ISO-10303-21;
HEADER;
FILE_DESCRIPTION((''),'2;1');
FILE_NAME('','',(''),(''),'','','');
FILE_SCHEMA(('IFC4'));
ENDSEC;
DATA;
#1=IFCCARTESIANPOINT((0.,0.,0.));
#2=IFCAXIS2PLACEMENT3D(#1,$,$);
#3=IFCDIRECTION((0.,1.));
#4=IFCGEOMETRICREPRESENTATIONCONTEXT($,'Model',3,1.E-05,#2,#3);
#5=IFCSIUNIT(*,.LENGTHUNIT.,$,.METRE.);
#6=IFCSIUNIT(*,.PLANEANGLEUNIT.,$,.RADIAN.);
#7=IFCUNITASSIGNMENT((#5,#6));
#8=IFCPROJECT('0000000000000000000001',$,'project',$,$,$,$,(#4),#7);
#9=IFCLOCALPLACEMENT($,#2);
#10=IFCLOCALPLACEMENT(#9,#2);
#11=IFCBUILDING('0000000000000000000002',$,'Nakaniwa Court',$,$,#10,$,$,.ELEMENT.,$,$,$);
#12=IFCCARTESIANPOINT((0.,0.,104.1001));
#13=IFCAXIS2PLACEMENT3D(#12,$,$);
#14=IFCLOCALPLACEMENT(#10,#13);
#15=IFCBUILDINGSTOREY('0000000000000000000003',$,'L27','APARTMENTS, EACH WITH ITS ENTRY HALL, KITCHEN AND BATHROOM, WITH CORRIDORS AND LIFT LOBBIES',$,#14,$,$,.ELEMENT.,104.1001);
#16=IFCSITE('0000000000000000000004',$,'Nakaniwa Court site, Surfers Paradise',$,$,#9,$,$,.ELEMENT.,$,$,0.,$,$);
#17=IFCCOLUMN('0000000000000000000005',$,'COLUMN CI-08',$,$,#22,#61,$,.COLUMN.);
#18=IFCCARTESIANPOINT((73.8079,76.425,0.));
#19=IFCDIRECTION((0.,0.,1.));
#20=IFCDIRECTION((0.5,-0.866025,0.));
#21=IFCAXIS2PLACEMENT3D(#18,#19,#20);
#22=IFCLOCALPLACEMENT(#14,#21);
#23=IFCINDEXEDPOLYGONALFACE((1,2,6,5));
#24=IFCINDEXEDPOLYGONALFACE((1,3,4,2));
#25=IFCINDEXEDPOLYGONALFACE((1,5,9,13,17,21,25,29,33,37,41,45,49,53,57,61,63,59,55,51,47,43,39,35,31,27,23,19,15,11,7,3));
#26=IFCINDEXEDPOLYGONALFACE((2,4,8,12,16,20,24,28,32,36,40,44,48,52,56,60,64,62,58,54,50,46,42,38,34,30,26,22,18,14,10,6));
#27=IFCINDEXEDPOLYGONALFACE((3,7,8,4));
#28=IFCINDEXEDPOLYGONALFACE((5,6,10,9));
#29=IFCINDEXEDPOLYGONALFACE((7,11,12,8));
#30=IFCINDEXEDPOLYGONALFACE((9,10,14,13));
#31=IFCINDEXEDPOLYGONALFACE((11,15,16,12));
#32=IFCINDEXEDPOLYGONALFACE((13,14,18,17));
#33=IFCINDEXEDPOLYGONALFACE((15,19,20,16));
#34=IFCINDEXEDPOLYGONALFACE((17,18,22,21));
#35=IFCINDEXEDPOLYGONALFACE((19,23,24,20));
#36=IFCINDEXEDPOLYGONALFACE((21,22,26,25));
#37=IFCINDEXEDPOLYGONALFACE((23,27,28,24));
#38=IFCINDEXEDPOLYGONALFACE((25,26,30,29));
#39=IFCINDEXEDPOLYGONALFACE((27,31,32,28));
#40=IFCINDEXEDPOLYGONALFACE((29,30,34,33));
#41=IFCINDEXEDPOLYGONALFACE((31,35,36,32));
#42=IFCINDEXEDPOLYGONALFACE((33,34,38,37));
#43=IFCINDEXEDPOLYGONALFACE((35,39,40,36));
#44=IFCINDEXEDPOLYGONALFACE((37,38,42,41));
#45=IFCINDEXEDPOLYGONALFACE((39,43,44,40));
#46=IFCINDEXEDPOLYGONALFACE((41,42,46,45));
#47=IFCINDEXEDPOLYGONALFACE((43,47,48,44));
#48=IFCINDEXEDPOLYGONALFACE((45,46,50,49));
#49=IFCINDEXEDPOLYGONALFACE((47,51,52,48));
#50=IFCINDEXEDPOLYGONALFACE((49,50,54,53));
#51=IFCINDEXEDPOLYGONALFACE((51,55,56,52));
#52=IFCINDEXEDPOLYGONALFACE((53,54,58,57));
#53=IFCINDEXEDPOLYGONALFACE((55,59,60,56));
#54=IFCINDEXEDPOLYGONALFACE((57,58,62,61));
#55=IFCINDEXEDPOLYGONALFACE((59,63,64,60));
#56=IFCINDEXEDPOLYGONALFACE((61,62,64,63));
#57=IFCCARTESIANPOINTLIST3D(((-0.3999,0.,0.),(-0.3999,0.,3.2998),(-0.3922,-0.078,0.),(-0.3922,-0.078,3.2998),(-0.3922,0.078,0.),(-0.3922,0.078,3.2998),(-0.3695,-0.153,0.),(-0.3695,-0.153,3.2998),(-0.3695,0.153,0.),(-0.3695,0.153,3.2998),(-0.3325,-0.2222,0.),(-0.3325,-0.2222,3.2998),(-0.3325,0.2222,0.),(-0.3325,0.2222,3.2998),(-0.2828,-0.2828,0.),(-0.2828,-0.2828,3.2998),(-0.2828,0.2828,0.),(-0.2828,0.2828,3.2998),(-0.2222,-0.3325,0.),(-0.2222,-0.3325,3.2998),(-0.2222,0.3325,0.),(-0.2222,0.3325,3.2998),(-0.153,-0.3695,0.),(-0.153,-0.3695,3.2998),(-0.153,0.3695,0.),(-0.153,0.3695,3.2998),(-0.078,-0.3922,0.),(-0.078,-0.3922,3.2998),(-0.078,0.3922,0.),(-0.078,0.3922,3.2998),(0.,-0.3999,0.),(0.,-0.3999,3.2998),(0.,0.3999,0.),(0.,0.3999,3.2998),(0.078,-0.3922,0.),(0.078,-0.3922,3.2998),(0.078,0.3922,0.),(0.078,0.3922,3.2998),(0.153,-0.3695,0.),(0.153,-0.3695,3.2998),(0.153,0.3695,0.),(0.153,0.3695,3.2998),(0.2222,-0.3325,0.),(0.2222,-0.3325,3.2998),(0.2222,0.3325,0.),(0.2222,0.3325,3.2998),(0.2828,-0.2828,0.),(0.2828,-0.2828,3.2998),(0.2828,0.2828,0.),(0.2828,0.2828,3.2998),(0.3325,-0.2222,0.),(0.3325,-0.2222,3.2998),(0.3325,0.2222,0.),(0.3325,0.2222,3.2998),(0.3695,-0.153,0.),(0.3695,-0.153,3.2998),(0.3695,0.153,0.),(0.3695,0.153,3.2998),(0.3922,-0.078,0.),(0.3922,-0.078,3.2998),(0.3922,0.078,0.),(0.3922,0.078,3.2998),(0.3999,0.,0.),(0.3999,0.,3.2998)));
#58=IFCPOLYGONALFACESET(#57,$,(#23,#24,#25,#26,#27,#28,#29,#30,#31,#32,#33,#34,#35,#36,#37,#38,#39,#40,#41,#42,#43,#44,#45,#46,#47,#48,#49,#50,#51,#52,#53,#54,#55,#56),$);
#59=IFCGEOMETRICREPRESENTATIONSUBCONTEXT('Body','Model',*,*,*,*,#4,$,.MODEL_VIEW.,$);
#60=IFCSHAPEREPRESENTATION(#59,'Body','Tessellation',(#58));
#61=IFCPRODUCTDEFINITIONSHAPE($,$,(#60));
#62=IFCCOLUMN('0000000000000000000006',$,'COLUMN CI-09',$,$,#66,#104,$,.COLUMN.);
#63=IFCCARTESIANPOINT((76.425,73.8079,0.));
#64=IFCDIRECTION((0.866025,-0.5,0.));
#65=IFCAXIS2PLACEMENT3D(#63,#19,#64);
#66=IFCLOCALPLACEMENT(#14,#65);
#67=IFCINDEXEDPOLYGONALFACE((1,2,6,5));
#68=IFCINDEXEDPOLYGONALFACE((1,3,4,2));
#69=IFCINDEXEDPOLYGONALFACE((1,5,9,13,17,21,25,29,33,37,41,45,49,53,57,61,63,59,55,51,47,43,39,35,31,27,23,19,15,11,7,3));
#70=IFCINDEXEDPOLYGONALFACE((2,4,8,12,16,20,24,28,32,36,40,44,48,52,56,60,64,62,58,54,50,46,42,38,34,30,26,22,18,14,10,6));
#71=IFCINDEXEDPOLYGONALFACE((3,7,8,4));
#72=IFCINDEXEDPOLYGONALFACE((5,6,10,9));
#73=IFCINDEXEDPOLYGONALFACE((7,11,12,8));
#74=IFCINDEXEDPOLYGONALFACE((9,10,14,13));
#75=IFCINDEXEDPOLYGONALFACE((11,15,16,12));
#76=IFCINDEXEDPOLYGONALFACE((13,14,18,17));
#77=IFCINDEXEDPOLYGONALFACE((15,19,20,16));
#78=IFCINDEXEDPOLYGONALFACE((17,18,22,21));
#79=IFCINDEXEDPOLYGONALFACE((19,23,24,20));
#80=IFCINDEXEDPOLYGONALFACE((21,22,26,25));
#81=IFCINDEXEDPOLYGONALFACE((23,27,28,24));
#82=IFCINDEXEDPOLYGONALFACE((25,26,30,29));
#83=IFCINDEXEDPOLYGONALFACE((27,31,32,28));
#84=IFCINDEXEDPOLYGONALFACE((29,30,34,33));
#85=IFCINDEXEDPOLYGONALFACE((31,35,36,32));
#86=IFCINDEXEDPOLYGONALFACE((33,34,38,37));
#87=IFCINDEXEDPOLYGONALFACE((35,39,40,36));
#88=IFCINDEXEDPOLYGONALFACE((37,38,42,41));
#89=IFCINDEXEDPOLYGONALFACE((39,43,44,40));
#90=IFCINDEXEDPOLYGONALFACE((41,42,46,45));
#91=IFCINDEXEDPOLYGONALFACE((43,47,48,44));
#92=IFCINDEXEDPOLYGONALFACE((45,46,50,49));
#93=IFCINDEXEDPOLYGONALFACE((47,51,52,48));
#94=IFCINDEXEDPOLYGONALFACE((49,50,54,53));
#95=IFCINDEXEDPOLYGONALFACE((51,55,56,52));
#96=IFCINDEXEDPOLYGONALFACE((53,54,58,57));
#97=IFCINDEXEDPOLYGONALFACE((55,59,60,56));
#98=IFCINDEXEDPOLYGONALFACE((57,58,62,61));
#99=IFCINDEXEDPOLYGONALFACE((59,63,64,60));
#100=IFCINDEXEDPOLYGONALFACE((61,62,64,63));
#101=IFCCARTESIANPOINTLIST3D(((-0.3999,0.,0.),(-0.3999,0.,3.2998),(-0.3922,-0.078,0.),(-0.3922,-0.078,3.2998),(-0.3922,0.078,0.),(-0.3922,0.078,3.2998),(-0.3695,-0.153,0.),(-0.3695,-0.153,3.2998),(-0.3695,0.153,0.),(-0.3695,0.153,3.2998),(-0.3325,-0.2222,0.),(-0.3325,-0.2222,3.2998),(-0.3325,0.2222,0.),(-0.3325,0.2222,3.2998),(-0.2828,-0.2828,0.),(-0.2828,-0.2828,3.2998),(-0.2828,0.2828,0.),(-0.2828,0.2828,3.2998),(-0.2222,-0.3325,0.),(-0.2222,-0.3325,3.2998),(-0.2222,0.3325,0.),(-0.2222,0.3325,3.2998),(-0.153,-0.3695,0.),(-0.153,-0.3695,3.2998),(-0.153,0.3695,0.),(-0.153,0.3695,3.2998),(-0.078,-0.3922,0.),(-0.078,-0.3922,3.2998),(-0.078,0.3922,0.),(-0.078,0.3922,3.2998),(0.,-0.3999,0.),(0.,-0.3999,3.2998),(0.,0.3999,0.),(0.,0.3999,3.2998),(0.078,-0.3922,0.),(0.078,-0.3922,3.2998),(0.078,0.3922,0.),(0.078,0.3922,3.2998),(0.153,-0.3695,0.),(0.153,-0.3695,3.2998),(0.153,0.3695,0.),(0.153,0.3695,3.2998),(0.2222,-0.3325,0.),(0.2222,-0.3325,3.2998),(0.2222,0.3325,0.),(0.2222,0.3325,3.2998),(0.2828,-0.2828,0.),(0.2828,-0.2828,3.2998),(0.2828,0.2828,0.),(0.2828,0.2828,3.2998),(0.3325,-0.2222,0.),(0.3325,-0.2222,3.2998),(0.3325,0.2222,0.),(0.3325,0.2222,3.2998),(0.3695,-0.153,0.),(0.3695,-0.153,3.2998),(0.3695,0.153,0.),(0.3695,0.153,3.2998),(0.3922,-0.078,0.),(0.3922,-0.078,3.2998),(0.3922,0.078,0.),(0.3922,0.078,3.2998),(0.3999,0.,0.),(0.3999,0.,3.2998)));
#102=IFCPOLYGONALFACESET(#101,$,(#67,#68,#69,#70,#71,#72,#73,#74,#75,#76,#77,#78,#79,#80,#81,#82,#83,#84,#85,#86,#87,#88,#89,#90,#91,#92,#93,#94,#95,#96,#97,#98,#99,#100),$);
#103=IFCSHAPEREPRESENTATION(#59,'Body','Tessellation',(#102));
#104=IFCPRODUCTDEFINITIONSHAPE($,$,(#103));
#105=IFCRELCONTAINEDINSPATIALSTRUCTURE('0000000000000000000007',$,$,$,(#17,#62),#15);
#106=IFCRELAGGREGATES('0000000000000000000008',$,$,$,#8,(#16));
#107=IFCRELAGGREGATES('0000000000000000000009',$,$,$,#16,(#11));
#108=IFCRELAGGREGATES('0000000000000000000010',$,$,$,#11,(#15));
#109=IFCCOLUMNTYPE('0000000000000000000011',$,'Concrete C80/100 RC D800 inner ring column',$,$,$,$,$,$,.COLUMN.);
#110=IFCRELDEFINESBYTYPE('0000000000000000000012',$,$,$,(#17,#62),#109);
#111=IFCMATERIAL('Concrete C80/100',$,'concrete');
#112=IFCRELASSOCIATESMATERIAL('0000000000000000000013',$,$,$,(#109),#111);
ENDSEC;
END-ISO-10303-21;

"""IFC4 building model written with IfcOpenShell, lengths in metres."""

from ifc_helpers import new_model, si_unit, direction, frame, origin, origin_2d, place, context, subcontext, project, spatial, circle, extrude, material, material_profile, profile_set, type_object, element, save


model = new_model("IFC4")

# Units and contexts
model_context = context("Model", 3, precision=1e-05, world=origin(), true_north=direction((0.0, 1.0)))
body_context = subcontext(model_context, "Body", "Model", "MODEL_VIEW")
ifc_project = project(units=[si_unit("LENGTHUNIT", "METRE"), si_unit("PLANEANGLEUNIT", "RADIAN")], contexts=[model_context])

# Site, building, storey
site_placement = place(None, origin())
site = spatial("IfcSite", under=ifc_project, at=site_placement, Name="Nakaniwa Court site, Surfers Paradise", CompositionType="ELEMENT", RefElevation=0.0)
building_placement = place(site_placement, origin())
building = spatial("IfcBuilding", under=site, at=building_placement, Name="Nakaniwa Court", CompositionType="ELEMENT")
storey_placement = place(building_placement, frame((0.0, 0.0, 104.1001)))
storey = spatial("IfcBuildingStorey", under=building, at=storey_placement, Name="L27", Description="APARTMENTS, EACH WITH ITS ENTRY HALL, KITCHEN AND BATHROOM, WITH CORRIDORS AND LIFT LOBBIES", CompositionType="ELEMENT", Elevation=104.1001)

# Columns
ifc_material_1 = material(Name="Concrete C80/100", Category="concrete")
ifc_material_profile_1 = material_profile(ifc_material_1, circle(Radius=0.3999, at=origin_2d()), Name="Concrete C80/100 RC D800 inner ring column")
ifc_profile_set_1 = profile_set([ifc_material_profile_1], Name="Concrete C80/100")
column_type_1 = type_object("IfcColumnType", Name="Concrete C80/100 RC D800 inner ring column", PredefinedType="COLUMN", material=ifc_profile_set_1)
for number, where, z_axis, x_axis, name in (
    (1, (73.8079, 76.425, 0.0), (0.0, 0.0, 1.0), (0.5, -0.866025, 0.0), "COLUMN CI-08"),
    (2, (76.425, 73.8079, 0.0), (0.0, 0.0, 1.0), (0.866025, -0.5, 0.0), "COLUMN CI-09"),
):
    element("IfcColumn", number, at=place(storey_placement, frame(where, z_axis=z_axis, x_axis=x_axis)), inside=storey, type_object=column_type_1, Name=name, PredefinedType="COLUMN", context=body_context, shape_type="SweptSolid", body=[
        extrude(circle(Radius=0.3999, at=origin_2d()), origin(), (0.0, 0.0, 1.0), 3.2998),
    ])

save(model, "model.ifc")
